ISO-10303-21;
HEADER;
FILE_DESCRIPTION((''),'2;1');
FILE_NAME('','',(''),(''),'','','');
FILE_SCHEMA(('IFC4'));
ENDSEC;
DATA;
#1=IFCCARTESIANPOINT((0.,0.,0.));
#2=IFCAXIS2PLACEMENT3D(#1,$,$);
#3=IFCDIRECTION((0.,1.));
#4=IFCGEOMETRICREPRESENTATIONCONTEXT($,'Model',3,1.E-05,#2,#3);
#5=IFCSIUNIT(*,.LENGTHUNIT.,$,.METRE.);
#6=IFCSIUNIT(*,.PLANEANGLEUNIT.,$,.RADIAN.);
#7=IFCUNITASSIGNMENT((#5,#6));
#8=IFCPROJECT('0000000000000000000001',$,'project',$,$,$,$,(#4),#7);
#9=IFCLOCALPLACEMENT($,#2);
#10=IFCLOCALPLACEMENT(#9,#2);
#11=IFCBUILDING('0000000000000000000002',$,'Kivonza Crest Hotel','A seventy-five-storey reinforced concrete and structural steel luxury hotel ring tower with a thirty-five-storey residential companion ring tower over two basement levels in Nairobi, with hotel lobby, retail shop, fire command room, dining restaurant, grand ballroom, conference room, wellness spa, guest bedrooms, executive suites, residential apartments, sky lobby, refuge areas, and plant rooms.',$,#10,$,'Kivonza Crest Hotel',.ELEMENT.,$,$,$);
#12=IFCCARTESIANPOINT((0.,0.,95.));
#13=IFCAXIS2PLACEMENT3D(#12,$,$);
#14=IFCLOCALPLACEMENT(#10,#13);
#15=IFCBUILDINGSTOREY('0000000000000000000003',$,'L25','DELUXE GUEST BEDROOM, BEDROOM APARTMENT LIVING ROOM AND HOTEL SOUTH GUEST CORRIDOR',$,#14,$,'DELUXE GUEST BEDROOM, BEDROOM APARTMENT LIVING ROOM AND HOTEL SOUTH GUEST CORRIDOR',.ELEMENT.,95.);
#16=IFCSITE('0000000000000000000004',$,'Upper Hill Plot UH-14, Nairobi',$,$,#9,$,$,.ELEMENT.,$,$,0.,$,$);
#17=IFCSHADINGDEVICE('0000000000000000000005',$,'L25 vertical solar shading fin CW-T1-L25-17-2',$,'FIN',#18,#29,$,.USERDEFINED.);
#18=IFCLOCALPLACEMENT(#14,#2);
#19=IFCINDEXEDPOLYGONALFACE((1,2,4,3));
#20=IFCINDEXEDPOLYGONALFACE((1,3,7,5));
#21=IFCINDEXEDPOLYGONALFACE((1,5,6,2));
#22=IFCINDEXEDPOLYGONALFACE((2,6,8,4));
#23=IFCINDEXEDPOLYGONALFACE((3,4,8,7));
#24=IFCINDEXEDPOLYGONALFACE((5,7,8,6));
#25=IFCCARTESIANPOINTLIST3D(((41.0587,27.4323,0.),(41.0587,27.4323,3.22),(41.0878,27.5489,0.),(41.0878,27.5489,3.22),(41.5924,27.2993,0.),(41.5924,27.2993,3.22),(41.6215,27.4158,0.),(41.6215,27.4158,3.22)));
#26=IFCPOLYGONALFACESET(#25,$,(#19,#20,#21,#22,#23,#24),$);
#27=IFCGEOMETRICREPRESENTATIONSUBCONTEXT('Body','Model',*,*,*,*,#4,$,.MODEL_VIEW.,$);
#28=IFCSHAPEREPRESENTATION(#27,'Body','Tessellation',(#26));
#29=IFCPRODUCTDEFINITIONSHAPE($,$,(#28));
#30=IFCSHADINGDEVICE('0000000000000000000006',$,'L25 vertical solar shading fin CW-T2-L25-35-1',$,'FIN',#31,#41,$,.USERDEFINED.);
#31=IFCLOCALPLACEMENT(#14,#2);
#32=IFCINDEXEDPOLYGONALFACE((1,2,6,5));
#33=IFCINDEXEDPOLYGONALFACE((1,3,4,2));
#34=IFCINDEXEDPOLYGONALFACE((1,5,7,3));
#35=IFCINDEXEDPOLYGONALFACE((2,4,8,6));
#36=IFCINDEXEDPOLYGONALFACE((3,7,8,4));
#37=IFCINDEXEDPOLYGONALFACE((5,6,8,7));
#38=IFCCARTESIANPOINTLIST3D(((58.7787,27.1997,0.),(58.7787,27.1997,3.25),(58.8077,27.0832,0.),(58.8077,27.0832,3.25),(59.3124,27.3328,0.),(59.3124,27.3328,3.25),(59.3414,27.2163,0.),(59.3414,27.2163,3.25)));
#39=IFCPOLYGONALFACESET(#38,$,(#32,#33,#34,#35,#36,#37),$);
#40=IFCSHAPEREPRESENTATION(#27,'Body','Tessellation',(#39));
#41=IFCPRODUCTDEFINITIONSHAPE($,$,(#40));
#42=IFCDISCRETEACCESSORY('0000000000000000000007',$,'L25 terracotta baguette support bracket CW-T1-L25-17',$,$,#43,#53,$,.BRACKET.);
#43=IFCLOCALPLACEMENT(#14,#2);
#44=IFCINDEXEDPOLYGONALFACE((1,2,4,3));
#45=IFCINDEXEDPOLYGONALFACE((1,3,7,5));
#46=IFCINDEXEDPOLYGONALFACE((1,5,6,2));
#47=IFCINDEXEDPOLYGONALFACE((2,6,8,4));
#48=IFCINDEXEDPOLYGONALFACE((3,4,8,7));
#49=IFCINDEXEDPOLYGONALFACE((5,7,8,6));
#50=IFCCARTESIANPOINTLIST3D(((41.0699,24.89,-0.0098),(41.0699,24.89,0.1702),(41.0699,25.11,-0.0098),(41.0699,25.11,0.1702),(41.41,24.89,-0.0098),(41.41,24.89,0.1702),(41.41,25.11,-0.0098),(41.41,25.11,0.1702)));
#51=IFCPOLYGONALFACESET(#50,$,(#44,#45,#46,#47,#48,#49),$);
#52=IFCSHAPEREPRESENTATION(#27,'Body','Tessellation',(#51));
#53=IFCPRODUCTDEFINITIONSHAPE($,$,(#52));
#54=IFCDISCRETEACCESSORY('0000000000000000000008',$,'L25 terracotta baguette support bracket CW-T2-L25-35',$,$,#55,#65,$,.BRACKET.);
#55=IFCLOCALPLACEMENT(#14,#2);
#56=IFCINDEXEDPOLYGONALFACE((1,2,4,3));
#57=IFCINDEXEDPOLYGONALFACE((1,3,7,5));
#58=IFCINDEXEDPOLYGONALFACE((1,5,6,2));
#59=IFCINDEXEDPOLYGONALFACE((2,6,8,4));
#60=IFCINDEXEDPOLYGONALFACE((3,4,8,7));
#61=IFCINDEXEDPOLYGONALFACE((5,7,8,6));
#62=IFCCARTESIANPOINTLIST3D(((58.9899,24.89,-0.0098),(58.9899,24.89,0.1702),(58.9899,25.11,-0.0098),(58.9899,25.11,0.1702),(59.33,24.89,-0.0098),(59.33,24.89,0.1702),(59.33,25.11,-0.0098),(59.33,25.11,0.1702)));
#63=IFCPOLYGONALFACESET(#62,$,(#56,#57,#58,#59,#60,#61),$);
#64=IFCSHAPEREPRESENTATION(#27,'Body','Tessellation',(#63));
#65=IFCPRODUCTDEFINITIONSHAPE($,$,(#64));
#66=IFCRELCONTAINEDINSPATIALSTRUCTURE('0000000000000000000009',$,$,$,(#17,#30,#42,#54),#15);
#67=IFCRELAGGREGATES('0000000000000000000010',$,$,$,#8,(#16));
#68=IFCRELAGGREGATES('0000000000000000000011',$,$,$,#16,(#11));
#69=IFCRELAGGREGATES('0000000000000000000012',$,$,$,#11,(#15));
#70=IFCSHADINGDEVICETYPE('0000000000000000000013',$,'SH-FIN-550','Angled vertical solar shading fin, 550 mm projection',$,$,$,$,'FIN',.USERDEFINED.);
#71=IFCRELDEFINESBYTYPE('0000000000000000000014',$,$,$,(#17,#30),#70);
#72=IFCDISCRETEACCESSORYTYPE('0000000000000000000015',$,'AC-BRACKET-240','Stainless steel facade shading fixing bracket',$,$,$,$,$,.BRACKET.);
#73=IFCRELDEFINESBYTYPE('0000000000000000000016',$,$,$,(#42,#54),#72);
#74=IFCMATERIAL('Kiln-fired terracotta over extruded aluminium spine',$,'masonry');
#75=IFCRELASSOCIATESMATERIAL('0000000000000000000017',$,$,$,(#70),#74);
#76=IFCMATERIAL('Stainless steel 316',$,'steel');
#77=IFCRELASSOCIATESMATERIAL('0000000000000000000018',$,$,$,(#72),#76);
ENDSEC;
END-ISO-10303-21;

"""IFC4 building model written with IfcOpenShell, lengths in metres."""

from ifc_helpers import new_model, si_unit, direction, frame, origin, origin_2d, place, context, subcontext, project, spatial, rectangle, extrude, material, type_object, element, save


model = new_model("IFC4")

# Units and contexts
model_context = context("Model", 3, precision=1e-05, world=origin(), true_north=direction((0.0, 1.0)))
body_context = subcontext(model_context, "Body", "Model", "MODEL_VIEW")
ifc_project = project(units=[si_unit("LENGTHUNIT", "METRE"), si_unit("PLANEANGLEUNIT", "RADIAN")], contexts=[model_context])

# Site, building, storey
site_placement = place(None, origin())
site = spatial("IfcSite", under=ifc_project, at=site_placement, Name="Upper Hill Plot UH-14, Nairobi", CompositionType="ELEMENT", RefElevation=0.0)
building_placement = place(site_placement, origin())
building = spatial("IfcBuilding", under=site, at=building_placement, Name="Kivonza Crest Hotel", Description="A seventy-five-storey reinforced concrete and structural steel luxury hotel ring tower with a thirty-five-storey residential companion ring tower over two basement levels in Nairobi, with hotel lobby, retail shop, fire command room, dining restaurant, grand ballroom, conference room, wellness spa, guest bedrooms, executive suites, residential apartments, sky lobby, refuge areas, and plant rooms.", LongName="Kivonza Crest Hotel", CompositionType="ELEMENT")
storey_placement = place(building_placement, frame((0.0, 0.0, 95.0)))
storey = spatial("IfcBuildingStorey", under=building, at=storey_placement, Name="L25", Description="DELUXE GUEST BEDROOM, BEDROOM APARTMENT LIVING ROOM AND HOTEL SOUTH GUEST CORRIDOR", LongName="DELUXE GUEST BEDROOM, BEDROOM APARTMENT LIVING ROOM AND HOTEL SOUTH GUEST CORRIDOR", CompositionType="ELEMENT", Elevation=95.0)

# Shading devices
ifc_material_1 = material(Name="Kiln-fired terracotta over extruded aluminium spine", Category="masonry")
shading_device_type_1 = type_object("IfcShadingDeviceType", Name="SH-FIN-550", Description="Angled vertical solar shading fin, 550 mm projection", ElementType="FIN", PredefinedType="USERDEFINED", material=ifc_material_1)
shading_device_1_placement = place(storey_placement, frame((41.3401, 27.4241, 0.0), z_axis=(0.0, 0.0, 1.0), x_axis=(0.241922, 0.970296, 0.0)))
element("IfcShadingDevice", 1, at=shading_device_1_placement, inside=storey, type_object=shading_device_type_1, Name="L25 vertical solar shading fin CW-T1-L25-17-2", ObjectType="FIN", PredefinedType="USERDEFINED", context=body_context, shape_type="SweptSolid", body=[
    extrude(rectangle(XDim=0.1201, YDim=0.55, at=origin_2d()), origin(), (0.0, 0.0, 1.0), 3.22),
])
shading_device_2_placement = place(storey_placement, frame((59.0601, 27.208, 0.0), z_axis=(0.0, 0.0, 1.0), x_axis=(0.241922, -0.970296, 0.0)))
element("IfcShadingDevice", 2, at=shading_device_2_placement, inside=storey, type_object=shading_device_type_1, Name="L25 vertical solar shading fin CW-T2-L25-35-1", ObjectType="FIN", PredefinedType="USERDEFINED", context=body_context, shape_type="SweptSolid", body=[
    extrude(rectangle(XDim=0.1201, YDim=0.55, at=origin_2d()), origin(), (0.0, 0.0, 1.0), 3.25),
])

# Discrete accessories
ifc_material_2 = material(Name="Stainless steel 316", Category="steel")
discrete_accessory_type = type_object("IfcDiscreteAccessoryType", Name="AC-BRACKET-240", Description="Stainless steel facade shading fixing bracket", PredefinedType="BRACKET", material=ifc_material_2)
for number, where, z_axis, x_axis, name in (
    (3, (41.24, 25.0, -0.0098), (0.0, 0.0, 1.0), (0.0, 1.0, 0.0), "L25 terracotta baguette support bracket CW-T1-L25-17"),
    (4, (59.1599, 25.0, -0.0098), (0.0, 0.0, 1.0), (0.0, -1.0, 0.0), "L25 terracotta baguette support bracket CW-T2-L25-35"),
):
    element("IfcDiscreteAccessory", number, at=place(storey_placement, frame(where, z_axis=z_axis, x_axis=x_axis)), inside=storey, type_object=discrete_accessory_type, Name=name, PredefinedType="BRACKET", context=body_context, shape_type="SweptSolid", body=[
        extrude(rectangle(XDim=0.22, YDim=0.3401, at=origin_2d()), origin(), (0.0, 0.0, 1.0), 0.1799),
    ])

save(model, "model.ifc")
